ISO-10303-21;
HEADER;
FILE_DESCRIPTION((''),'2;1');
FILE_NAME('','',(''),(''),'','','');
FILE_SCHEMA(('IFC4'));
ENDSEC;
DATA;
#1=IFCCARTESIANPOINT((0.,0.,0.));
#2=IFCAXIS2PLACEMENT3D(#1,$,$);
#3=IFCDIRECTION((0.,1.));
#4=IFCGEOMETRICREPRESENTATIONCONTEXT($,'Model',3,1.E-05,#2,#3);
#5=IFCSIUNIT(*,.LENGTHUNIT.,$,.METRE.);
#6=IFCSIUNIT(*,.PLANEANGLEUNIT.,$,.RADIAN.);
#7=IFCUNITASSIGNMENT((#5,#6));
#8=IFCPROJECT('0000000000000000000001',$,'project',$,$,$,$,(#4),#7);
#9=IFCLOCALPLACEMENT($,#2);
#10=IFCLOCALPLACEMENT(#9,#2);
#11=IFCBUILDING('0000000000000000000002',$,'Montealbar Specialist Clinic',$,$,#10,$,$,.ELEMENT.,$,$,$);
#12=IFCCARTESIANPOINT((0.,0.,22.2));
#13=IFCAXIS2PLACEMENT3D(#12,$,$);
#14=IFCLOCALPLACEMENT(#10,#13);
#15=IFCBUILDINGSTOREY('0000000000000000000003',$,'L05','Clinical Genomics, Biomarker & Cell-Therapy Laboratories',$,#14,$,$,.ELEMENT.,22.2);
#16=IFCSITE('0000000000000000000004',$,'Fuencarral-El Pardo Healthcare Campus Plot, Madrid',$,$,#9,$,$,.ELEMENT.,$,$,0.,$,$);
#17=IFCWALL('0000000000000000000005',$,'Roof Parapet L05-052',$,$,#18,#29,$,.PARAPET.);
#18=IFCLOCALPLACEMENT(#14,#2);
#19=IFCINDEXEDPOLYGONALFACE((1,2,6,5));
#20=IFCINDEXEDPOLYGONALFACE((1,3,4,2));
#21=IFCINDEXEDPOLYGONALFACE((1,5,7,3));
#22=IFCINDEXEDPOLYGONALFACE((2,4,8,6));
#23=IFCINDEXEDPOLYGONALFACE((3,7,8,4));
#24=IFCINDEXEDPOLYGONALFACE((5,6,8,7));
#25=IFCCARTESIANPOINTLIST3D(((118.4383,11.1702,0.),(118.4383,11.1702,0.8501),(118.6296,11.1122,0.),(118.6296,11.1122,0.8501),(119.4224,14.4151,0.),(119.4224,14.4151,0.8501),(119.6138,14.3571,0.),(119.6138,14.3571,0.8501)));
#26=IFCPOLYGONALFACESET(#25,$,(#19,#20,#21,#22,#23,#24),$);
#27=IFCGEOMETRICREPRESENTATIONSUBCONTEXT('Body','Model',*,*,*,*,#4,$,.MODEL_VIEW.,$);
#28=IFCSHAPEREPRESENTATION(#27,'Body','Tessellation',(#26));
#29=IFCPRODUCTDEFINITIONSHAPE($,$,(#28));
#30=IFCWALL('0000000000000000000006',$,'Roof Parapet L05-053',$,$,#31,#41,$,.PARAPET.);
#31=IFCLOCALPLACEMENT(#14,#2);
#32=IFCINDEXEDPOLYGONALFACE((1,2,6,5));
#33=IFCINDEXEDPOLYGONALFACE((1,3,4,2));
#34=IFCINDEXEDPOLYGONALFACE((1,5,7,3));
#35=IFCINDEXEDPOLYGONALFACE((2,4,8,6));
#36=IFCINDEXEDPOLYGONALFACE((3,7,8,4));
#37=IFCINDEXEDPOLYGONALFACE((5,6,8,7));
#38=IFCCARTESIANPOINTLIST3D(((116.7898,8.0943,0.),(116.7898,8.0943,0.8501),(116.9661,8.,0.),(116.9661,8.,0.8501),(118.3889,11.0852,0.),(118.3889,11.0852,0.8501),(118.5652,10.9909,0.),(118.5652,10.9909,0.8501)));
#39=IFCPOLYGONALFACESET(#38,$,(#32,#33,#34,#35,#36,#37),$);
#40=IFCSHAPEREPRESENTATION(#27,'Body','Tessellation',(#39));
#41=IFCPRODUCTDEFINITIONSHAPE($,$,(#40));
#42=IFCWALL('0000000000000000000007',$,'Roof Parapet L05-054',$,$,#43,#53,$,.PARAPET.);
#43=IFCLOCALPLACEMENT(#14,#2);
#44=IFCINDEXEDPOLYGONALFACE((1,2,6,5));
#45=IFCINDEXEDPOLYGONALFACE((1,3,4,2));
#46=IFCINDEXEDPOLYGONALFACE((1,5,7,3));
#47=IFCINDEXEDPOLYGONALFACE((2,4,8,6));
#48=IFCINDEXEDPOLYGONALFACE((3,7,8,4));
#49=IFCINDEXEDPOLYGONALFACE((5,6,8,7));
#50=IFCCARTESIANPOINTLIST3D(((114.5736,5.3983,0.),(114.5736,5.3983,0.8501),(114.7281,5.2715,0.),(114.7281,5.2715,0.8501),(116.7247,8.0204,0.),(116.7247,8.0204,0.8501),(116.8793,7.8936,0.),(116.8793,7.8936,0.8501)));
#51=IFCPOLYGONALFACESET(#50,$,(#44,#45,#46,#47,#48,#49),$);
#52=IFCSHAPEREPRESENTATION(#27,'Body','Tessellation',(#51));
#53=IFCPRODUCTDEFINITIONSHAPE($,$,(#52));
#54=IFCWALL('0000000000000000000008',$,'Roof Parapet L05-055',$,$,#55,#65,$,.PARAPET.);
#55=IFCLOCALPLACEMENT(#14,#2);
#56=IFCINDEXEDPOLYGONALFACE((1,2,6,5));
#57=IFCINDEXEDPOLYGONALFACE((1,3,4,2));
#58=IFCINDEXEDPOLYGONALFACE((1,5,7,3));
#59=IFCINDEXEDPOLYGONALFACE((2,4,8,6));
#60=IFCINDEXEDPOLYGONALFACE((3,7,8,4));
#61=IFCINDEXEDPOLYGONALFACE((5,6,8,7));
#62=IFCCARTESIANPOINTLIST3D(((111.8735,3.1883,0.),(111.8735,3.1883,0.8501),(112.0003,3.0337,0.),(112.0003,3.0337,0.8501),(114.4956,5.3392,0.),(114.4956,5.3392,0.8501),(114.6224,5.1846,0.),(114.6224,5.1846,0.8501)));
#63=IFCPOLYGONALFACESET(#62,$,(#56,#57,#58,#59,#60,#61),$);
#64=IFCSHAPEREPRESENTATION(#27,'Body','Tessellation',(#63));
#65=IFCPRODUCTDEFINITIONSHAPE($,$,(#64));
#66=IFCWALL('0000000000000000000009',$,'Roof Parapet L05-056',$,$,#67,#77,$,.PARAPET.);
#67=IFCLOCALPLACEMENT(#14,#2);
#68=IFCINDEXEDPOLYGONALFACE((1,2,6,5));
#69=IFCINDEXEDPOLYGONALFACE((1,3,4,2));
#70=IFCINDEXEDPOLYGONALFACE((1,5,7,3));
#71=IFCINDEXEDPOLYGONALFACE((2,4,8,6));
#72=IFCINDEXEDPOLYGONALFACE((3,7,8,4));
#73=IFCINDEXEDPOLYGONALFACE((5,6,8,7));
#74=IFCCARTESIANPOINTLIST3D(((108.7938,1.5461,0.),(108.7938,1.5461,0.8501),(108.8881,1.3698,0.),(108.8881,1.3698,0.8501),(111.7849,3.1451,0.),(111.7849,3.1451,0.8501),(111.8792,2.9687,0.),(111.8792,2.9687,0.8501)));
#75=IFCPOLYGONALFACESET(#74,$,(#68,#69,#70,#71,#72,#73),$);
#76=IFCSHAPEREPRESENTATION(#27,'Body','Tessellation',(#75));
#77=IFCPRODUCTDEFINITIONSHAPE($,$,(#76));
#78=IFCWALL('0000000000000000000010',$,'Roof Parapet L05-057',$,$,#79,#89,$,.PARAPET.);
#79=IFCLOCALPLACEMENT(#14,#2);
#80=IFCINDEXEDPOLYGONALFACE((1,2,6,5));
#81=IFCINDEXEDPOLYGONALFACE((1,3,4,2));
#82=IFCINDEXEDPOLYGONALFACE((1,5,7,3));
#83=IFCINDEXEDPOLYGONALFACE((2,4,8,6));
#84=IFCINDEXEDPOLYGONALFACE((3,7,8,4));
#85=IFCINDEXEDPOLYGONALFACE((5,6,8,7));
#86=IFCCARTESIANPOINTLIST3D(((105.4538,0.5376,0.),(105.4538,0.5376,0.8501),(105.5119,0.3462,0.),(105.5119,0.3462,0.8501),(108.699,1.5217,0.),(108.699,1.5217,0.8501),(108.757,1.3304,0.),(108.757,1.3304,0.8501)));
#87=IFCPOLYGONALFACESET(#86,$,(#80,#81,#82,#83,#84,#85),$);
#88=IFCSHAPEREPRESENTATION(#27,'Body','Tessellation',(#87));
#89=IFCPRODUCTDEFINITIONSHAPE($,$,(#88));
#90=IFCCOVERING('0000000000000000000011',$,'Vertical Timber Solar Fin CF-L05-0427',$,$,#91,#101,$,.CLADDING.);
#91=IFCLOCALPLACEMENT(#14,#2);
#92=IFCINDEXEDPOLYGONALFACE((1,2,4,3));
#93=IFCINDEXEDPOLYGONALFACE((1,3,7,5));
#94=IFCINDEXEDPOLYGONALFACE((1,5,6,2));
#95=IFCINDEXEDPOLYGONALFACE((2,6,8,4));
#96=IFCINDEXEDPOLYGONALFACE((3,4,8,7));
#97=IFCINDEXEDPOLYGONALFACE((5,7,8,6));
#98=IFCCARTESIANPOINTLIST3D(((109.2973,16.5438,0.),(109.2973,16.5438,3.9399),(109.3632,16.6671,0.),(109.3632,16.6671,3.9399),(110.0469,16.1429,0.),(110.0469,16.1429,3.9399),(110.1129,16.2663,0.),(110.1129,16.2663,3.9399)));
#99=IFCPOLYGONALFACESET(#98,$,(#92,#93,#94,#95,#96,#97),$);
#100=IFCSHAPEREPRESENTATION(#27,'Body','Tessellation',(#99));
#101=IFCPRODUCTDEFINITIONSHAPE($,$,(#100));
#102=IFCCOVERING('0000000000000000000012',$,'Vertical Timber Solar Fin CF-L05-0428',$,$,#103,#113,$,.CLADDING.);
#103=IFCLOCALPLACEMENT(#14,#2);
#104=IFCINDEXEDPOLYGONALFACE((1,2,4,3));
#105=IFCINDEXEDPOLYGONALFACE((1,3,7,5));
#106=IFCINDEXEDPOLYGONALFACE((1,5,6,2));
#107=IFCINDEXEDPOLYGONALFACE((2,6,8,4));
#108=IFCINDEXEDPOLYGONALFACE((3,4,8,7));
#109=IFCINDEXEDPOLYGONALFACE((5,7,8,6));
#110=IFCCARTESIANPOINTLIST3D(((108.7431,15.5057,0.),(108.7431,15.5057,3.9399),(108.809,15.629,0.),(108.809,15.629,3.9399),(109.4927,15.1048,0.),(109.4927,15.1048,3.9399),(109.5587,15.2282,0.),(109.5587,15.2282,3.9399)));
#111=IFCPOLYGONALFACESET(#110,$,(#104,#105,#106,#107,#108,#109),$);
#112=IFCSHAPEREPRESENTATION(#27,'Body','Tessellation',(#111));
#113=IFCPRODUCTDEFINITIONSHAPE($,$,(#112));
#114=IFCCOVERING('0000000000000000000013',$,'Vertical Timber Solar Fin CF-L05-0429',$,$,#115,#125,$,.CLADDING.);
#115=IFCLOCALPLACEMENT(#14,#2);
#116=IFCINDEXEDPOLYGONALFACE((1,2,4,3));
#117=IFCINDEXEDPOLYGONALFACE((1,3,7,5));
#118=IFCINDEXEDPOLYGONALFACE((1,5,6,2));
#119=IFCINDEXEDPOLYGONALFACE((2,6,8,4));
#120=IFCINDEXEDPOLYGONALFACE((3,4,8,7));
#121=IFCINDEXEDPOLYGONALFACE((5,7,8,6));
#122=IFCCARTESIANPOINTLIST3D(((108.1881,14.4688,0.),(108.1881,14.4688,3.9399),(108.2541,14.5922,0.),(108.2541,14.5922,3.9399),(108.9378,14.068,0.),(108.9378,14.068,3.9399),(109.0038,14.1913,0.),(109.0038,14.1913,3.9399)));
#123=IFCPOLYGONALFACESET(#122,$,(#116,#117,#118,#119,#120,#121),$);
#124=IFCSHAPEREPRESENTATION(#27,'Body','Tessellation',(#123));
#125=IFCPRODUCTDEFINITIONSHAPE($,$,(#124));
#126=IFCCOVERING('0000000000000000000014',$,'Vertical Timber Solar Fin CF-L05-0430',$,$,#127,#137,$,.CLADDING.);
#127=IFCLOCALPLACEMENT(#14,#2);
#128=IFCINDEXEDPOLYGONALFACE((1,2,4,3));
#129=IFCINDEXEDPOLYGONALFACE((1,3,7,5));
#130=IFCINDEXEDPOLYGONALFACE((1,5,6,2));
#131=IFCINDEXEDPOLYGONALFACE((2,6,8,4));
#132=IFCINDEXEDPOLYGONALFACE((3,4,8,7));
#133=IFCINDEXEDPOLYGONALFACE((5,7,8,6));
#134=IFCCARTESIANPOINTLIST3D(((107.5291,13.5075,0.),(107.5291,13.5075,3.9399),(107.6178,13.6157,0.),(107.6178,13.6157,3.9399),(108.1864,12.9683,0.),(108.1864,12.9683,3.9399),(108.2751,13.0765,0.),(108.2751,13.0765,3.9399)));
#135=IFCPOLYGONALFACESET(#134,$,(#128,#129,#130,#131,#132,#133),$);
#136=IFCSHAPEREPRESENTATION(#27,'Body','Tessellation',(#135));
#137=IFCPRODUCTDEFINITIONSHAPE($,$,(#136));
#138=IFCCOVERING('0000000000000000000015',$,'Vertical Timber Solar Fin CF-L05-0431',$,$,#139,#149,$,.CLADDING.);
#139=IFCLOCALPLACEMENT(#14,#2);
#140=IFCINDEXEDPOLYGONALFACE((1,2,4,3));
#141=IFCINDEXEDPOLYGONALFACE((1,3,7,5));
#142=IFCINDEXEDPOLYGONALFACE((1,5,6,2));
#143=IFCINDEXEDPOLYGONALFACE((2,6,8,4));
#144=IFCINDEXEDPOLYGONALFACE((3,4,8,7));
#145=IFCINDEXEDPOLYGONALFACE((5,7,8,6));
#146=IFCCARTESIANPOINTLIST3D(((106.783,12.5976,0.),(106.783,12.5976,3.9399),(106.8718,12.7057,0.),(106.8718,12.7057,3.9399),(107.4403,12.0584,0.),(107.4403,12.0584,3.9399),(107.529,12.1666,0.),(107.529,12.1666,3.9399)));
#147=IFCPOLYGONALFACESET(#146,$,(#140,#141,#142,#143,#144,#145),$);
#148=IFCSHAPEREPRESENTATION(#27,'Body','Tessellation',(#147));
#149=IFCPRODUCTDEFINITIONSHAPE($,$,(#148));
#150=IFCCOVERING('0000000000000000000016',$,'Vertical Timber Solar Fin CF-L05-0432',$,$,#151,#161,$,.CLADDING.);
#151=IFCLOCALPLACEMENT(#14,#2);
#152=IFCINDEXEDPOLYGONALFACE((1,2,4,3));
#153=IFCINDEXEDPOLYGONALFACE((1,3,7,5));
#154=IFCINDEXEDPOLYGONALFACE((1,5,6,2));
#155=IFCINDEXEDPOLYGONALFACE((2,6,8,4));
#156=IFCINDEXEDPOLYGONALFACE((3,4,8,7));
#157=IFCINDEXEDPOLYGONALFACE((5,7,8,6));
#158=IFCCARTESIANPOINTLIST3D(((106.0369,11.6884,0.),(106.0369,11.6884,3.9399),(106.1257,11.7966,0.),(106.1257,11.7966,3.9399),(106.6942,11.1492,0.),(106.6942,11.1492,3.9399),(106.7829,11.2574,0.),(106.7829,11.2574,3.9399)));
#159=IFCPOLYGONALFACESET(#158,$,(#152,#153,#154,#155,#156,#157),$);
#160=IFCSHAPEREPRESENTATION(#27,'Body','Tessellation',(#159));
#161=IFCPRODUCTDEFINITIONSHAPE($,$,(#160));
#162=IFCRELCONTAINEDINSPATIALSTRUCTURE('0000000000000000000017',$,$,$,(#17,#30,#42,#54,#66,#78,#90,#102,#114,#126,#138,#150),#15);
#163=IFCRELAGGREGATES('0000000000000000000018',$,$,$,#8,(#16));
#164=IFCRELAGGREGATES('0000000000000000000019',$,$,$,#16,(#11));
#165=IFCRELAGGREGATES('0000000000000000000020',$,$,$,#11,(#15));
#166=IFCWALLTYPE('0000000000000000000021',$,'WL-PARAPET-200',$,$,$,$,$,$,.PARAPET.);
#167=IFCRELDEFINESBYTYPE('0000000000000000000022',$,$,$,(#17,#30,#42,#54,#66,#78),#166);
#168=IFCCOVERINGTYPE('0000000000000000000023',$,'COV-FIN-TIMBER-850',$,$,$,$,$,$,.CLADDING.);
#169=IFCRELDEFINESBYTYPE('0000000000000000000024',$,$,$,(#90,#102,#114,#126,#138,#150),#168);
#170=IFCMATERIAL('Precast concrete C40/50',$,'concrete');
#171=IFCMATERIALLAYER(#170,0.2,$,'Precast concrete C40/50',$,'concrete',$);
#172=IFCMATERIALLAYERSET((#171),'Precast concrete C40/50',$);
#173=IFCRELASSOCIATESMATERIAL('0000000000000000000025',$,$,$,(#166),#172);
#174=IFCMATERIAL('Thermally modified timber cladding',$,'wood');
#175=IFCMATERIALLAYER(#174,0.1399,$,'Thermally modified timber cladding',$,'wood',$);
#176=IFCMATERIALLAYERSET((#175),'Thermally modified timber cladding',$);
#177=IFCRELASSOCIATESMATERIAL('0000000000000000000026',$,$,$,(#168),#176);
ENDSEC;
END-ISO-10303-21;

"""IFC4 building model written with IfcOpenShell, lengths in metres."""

from ifc_helpers import new_model, si_unit, direction, frame, frame_2d, origin, origin_2d, place, context, subcontext, project, spatial, rectangle, extrude, material, layer, layer_set, type_object, element, save


model = new_model("IFC4")

# Units and contexts
model_context = context("Model", 3, precision=1e-05, world=origin(), true_north=direction((0.0, 1.0)))
body_context = subcontext(model_context, "Body", "Model", "MODEL_VIEW")
ifc_project = project(units=[si_unit("LENGTHUNIT", "METRE"), si_unit("PLANEANGLEUNIT", "RADIAN")], contexts=[model_context])

# Site, building, storey
site_placement = place(None, origin())
site = spatial("IfcSite", under=ifc_project, at=site_placement, Name="Fuencarral-El Pardo Healthcare Campus Plot, Madrid", CompositionType="ELEMENT", RefElevation=0.0)
building_placement = place(site_placement, origin())
building = spatial("IfcBuilding", under=site, at=building_placement, Name="Montealbar Specialist Clinic", CompositionType="ELEMENT")
storey_placement = place(building_placement, frame((0.0, 0.0, 22.2)))
storey = spatial("IfcBuildingStorey", under=building, at=storey_placement, Name="L05", Description="Clinical Genomics, Biomarker & Cell-Therapy Laboratories", CompositionType="ELEMENT", Elevation=22.2)

# Walls
ifc_material_1 = material(Name="Precast concrete C40/50", Category="concrete")
ifc_layer_1 = layer(ifc_material_1, 0.2, Name="Precast concrete C40/50", Category="concrete")
ifc_layer_set_1 = layer_set([ifc_layer_1], Name="Precast concrete C40/50")
wall_type = type_object("IfcWallType", Name="WL-PARAPET-200", PredefinedType="PARAPET", material=ifc_layer_set_1)
wall_1_placement = place(storey_placement, frame((119.5181, 14.386, 0.0), z_axis=(0.0, 0.0, 1.0), x_axis=(-0.290233, -0.956956, 0.0)))
element("IfcWall", 1, at=wall_1_placement, inside=storey, type_object=wall_type, Name="Roof Parapet L05-052", PredefinedType="PARAPET", context=body_context, shape_type="SweptSolid", body=[
    extrude(rectangle(XDim=3.3909, YDim=0.2, at=frame_2d((1.6953, 0.0))), origin(), (0.0, 0.0, 1.0), 0.8501),
])
for number, where, z_axis, x_axis, name in (
    (2, (118.4771, 11.0381, 0.0), (0.0, 0.0, 1.0), (-0.471492, -0.88187, 0.0), "Roof Parapet L05-053"),
    (3, (116.802, 7.957, 0.0), (0.0, 0.0, 1.0), (-0.63426, -0.77312, 0.0), "Roof Parapet L05-054"),
):
    element("IfcWall", number, at=place(storey_placement, frame(where, z_axis=z_axis, x_axis=x_axis)), inside=storey, type_object=wall_type, Name=name, PredefinedType="PARAPET", context=body_context, shape_type="SweptSolid", body=[
        extrude(rectangle(XDim=3.3916, YDim=0.2, at=frame_2d((1.6958, 0.0))), origin(), (0.0, 0.0, 1.0), 0.8501),
    ])
wall_2_placement = place(storey_placement, frame((114.5591, 5.262, 0.0), z_axis=(0.0, 0.0, 1.0), x_axis=(-0.773155, -0.634217, 0.0)))
element("IfcWall", 4, at=wall_2_placement, inside=storey, type_object=wall_type, Name="Roof Parapet L05-055", PredefinedType="PARAPET", context=body_context, shape_type="SweptSolid", body=[
    extrude(rectangle(XDim=3.3914, YDim=0.2, at=frame_2d((1.6958, 0.0))), origin(), (0.0, 0.0, 1.0), 0.8501),
])
wall_3_placement = place(storey_placement, frame((111.832, 3.0569, 0.0), z_axis=(0.0, 0.0, 1.0), x_axis=(-0.8819, -0.471436, 0.0)))
element("IfcWall", 5, at=wall_3_placement, inside=storey, type_object=wall_type, Name="Roof Parapet L05-056", PredefinedType="PARAPET", context=body_context, shape_type="SweptSolid", body=[
    extrude(rectangle(XDim=3.3916, YDim=0.2, at=frame_2d((1.6958, 0.0))), origin(), (0.0, 0.0, 1.0), 0.8501),
])
wall_4_placement = place(storey_placement, frame((108.728, 1.426, 0.0), z_axis=(0.0, 0.0, 1.0), x_axis=(-0.956962, -0.290213, 0.0)))
element("IfcWall", 6, at=wall_4_placement, inside=storey, type_object=wall_type, Name="Roof Parapet L05-057", PredefinedType="PARAPET", context=body_context, shape_type="SweptSolid", body=[
    extrude(rectangle(XDim=3.3911, YDim=0.2, at=frame_2d((1.6956, 0.0))), origin(), (0.0, 0.0, 1.0), 0.8501),
])

# Coverings
ifc_material_2 = material(Name="Thermally modified timber cladding", Category="wood")
ifc_layer_2 = layer(ifc_material_2, 0.1399, Name="Thermally modified timber cladding", Category="wood")
ifc_layer_set_2 = layer_set([ifc_layer_2], Name="Thermally modified timber cladding")
covering_type = type_object("IfcCoveringType", Name="COV-FIN-TIMBER-850", PredefinedType="CLADDING", material=ifc_layer_set_2)
for number, where, z_axis, x_axis, name in (
    (7, (109.7051, 16.405, 0.0), (0.0, 0.0, 1.0), (0.88185, -0.471529, 0.0), "Vertical Timber Solar Fin CF-L05-0427"),
    (8, (109.1509, 15.3669, 0.0), (0.0, 0.0, 1.0), (0.88185, -0.471529, 0.0), "Vertical Timber Solar Fin CF-L05-0428"),
    (9, (108.5959, 14.3301, 0.0), (0.0, 0.0, 1.0), (0.88185, -0.471529, 0.0), "Vertical Timber Solar Fin CF-L05-0429"),
    (10, (107.9021, 13.292, 0.0), (0.0, 0.0, 1.0), (0.773123, -0.634256, 0.0), "Vertical Timber Solar Fin CF-L05-0430"),
    (11, (107.156, 12.3821, 0.0), (0.0, 0.0, 1.0), (0.773123, -0.634256, 0.0), "Vertical Timber Solar Fin CF-L05-0431"),
    (12, (106.4099, 11.4729, 0.0), (0.0, 0.0, 1.0), (0.773123, -0.634256, 0.0), "Vertical Timber Solar Fin CF-L05-0432"),
):
    element("IfcCovering", number, at=place(storey_placement, frame(where, z_axis=z_axis, x_axis=x_axis)), inside=storey, type_object=covering_type, Name=name, PredefinedType="CLADDING", context=body_context, shape_type="SweptSolid", body=[
        extrude(rectangle(XDim=0.8501, YDim=0.1399, at=origin_2d()), origin(), (0.0, 0.0, 1.0), 3.9399),
    ])

save(model, "model.ifc")
